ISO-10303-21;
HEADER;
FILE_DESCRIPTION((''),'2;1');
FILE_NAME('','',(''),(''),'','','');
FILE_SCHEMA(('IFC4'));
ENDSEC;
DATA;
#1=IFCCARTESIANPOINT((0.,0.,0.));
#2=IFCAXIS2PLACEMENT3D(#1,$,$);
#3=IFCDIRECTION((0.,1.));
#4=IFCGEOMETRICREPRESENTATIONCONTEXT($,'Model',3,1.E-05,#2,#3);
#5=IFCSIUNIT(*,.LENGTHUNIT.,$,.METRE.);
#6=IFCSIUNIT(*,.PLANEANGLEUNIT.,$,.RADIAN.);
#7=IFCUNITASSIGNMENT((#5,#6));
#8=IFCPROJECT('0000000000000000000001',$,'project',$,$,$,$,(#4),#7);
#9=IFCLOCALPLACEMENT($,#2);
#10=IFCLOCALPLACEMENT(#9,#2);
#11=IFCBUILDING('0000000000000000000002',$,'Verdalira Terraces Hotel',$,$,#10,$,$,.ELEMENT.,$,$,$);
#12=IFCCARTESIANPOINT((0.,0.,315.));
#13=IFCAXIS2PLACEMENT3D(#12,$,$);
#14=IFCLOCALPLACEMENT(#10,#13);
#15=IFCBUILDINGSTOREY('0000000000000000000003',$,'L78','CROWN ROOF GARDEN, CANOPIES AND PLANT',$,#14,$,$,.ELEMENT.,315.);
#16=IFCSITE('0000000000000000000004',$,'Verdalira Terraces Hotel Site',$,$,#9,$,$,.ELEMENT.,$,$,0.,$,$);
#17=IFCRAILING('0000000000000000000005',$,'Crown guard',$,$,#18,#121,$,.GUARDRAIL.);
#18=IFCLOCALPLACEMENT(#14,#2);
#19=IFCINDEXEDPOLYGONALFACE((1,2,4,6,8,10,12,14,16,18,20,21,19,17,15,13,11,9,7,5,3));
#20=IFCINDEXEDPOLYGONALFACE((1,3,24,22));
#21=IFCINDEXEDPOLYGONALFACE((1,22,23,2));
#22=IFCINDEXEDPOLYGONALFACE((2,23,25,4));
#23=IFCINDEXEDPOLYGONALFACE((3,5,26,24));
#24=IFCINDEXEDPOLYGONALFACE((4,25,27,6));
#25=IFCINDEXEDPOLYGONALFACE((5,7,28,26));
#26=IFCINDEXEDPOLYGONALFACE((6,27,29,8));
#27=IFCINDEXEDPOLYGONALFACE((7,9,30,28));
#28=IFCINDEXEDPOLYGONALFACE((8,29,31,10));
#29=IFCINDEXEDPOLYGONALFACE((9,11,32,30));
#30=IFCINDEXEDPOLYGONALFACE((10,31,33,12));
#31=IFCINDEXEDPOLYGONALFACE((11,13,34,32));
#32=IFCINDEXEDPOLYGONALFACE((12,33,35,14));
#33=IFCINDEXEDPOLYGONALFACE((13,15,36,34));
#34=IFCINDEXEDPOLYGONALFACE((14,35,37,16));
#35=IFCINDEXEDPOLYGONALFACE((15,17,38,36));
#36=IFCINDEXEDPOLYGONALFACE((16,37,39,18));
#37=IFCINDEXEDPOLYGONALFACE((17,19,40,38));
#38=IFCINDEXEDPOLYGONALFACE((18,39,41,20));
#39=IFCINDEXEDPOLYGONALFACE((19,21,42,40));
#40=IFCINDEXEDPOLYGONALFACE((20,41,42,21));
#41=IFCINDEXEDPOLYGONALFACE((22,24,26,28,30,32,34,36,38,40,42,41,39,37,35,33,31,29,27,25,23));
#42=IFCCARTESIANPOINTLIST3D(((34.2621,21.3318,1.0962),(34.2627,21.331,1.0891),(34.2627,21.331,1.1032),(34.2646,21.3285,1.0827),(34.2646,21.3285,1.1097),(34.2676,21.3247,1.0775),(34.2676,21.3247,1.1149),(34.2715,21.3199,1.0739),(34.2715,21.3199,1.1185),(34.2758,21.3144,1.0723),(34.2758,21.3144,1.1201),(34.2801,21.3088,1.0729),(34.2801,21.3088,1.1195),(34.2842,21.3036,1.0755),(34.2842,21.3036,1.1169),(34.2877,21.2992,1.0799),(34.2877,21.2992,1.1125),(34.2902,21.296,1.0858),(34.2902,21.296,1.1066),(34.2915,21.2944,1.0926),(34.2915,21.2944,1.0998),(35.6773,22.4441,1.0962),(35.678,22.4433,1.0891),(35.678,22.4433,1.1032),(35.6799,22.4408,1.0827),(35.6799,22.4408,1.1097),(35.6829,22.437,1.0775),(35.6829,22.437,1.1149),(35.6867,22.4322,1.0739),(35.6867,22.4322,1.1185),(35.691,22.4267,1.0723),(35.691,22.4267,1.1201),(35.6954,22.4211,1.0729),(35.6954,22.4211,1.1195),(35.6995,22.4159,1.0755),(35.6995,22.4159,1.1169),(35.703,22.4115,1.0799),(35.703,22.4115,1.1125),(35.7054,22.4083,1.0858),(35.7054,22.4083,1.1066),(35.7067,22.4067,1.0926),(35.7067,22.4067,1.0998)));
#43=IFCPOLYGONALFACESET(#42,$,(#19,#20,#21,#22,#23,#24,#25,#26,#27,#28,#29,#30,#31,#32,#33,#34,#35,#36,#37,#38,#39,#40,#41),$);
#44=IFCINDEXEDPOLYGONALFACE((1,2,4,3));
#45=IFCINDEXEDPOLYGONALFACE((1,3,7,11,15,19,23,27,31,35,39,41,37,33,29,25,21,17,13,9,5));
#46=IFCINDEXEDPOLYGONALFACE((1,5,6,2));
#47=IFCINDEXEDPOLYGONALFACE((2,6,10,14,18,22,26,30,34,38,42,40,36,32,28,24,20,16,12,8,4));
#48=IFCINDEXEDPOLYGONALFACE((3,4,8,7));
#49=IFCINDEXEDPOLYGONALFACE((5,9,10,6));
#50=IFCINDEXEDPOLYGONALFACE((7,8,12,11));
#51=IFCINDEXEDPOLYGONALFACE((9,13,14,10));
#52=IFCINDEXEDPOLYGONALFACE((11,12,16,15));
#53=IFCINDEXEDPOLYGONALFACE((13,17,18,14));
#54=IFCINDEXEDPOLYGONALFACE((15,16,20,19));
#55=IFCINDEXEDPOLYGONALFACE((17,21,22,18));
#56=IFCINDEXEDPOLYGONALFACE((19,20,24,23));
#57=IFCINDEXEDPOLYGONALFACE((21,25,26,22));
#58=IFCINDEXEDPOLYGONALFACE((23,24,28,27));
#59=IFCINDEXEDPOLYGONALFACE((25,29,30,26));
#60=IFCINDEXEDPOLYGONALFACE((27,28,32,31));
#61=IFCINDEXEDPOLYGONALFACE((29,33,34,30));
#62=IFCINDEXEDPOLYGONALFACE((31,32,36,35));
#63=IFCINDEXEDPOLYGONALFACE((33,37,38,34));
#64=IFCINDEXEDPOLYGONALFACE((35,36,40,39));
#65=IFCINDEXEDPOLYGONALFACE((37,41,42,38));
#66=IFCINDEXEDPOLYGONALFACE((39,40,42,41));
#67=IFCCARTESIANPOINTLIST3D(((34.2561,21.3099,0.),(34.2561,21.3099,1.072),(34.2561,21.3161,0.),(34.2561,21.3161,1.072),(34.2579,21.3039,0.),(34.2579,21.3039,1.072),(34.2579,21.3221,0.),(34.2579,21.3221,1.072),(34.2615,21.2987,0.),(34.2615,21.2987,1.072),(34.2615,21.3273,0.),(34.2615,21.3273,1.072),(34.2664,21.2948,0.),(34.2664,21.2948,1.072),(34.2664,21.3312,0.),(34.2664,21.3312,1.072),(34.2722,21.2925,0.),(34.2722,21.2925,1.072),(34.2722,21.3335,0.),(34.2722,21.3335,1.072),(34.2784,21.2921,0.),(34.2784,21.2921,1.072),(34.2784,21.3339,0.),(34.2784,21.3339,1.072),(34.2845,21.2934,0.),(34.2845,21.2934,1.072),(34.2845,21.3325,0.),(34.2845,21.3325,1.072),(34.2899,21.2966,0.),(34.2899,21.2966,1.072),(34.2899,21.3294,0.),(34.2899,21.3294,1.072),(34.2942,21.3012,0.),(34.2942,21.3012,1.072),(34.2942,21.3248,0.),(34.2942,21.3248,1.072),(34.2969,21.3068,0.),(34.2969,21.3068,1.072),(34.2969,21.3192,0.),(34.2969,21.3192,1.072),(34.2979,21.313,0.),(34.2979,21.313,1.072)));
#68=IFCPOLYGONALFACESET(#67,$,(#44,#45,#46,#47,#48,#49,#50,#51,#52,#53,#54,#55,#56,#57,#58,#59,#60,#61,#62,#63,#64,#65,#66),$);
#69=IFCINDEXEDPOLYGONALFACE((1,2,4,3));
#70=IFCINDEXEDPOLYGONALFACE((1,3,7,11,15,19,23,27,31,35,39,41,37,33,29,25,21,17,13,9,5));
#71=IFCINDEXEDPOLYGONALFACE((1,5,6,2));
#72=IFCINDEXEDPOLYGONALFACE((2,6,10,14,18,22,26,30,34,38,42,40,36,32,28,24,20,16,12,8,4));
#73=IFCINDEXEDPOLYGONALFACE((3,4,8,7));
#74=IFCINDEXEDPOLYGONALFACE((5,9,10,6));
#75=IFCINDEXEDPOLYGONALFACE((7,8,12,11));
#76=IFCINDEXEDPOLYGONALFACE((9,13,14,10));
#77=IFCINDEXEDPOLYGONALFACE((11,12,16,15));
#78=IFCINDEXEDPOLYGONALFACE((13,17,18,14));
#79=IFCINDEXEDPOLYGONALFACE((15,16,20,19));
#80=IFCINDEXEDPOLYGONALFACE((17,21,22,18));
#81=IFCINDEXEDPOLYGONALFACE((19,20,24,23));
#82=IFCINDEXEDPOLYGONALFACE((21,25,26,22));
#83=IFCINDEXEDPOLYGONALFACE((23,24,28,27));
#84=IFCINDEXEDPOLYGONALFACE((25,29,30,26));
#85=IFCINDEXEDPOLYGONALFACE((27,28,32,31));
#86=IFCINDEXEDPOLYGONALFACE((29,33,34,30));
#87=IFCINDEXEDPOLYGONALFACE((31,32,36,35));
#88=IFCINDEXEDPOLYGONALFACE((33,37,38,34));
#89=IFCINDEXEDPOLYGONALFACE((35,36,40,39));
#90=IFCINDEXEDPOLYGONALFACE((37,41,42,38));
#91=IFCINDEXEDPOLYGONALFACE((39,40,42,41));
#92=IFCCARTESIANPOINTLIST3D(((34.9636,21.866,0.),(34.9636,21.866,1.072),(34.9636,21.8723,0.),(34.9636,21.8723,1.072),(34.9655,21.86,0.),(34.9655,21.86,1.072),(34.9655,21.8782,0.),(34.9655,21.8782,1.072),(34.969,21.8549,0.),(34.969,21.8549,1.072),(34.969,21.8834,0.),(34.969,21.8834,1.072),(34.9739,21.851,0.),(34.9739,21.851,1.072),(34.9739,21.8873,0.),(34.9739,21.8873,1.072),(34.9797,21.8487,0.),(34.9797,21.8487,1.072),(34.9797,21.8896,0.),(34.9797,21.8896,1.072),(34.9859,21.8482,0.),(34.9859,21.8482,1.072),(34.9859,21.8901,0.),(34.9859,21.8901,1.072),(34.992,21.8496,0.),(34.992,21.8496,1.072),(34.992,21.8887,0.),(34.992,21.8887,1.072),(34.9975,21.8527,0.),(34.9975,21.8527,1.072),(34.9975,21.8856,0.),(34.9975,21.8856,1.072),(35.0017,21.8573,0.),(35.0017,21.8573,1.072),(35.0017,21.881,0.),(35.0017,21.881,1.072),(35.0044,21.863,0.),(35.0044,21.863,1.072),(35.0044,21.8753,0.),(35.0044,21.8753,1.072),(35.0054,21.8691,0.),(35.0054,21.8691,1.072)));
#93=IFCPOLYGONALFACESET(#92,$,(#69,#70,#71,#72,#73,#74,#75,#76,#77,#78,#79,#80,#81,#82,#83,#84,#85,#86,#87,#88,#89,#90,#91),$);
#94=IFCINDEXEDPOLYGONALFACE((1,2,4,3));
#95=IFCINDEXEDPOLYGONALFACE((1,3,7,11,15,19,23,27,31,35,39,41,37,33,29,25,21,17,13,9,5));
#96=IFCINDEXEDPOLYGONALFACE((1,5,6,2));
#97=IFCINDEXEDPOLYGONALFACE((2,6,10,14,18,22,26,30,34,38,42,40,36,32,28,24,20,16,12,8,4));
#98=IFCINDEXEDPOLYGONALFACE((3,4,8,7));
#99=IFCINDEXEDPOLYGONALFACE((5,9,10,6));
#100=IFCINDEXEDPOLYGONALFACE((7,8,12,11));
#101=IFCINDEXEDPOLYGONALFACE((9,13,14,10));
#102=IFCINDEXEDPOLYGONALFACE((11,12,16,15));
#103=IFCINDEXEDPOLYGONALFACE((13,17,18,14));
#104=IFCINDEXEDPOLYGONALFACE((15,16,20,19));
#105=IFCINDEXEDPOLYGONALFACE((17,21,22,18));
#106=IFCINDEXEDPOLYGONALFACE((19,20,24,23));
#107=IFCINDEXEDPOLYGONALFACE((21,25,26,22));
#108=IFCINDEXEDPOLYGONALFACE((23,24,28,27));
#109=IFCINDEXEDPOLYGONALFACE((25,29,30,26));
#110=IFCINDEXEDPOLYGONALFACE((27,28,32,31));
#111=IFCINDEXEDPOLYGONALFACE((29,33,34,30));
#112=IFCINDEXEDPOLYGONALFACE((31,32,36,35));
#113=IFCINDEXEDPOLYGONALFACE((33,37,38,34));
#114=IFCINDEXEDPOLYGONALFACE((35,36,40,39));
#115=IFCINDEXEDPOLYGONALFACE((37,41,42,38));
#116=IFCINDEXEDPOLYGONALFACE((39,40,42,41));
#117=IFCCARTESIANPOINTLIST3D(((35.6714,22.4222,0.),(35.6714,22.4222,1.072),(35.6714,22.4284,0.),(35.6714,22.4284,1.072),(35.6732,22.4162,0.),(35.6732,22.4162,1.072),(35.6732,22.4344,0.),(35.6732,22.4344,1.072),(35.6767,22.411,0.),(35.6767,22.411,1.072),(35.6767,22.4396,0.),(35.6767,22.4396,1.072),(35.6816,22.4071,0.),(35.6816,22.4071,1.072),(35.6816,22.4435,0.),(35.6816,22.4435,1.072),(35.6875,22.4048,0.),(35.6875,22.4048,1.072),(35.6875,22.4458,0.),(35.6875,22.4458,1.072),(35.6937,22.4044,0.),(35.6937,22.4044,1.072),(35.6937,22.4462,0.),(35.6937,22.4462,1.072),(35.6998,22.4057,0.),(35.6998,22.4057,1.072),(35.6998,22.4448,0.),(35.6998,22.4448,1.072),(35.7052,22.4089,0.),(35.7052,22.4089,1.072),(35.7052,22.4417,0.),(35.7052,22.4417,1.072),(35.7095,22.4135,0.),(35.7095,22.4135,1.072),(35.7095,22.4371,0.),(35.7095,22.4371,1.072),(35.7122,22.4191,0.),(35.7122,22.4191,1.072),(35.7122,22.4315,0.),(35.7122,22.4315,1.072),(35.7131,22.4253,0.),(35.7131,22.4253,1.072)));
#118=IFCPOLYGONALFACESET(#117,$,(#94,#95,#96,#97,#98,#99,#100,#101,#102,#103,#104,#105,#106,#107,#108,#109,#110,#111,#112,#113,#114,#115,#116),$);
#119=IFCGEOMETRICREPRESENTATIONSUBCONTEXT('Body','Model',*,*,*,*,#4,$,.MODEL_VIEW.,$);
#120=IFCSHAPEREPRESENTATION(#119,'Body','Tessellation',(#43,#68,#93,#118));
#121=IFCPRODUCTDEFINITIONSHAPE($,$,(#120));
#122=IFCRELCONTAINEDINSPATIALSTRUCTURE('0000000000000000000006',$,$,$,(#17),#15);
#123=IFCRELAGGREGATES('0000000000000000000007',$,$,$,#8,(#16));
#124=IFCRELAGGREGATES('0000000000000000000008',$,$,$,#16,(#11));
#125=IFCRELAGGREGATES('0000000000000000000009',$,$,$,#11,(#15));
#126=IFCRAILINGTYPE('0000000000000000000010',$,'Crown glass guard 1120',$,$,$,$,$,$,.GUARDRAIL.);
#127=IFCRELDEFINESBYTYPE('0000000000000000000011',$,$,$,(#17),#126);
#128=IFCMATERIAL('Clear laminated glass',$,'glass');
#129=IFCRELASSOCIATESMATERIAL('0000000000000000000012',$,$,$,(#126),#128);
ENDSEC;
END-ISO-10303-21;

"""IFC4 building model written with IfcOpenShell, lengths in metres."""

from ifc_helpers import new_model, si_unit, direction, frame, origin, origin_2d, place, context, subcontext, project, spatial, circle, extrude, material, type_object, element, save


model = new_model("IFC4")

# Units and contexts
model_context = context("Model", 3, precision=1e-05, world=origin(), true_north=direction((0.0, 1.0)))
body_context = subcontext(model_context, "Body", "Model", "MODEL_VIEW")
ifc_project = project(units=[si_unit("LENGTHUNIT", "METRE"), si_unit("PLANEANGLEUNIT", "RADIAN")], contexts=[model_context])

# Site, building, storey
site_placement = place(None, origin())
site = spatial("IfcSite", under=ifc_project, at=site_placement, Name="Verdalira Terraces Hotel Site", CompositionType="ELEMENT", RefElevation=0.0)
building_placement = place(site_placement, origin())
building = spatial("IfcBuilding", under=site, at=building_placement, Name="Verdalira Terraces Hotel", CompositionType="ELEMENT")
storey_placement = place(building_placement, frame((0.0, 0.0, 315.0)))
storey = spatial("IfcBuildingStorey", under=building, at=storey_placement, Name="L78", Description="CROWN ROOF GARDEN, CANOPIES AND PLANT", CompositionType="ELEMENT", Elevation=315.0)

# Railing
ifc_material_1 = material(Name="Clear laminated glass", Category="glass")
railing_type = type_object("IfcRailingType", Name="Crown glass guard 1120", PredefinedType="GUARDRAIL", material=ifc_material_1)
railing_1_placement = place(storey_placement, frame((34.2769, 21.313, 0.0)))
element("IfcRailing", 1, at=railing_1_placement, inside=storey, type_object=railing_type, Name="Crown guard", PredefinedType="GUARDRAIL", context=body_context, shape_type="SweptSolid", body=[
    extrude(circle(Radius=0.0239, at=origin_2d()), frame((0.0, 0.0, 1.0962), z_axis=(0.786238, 0.617923, 0.0), x_axis=(-0.617923, 0.786238, 0.0)), (0.0, 0.0, 1.0), 1.8),
    extrude(circle(Radius=0.021, at=origin_2d()), origin(), (0.0, 0.0, 1.0), 1.072),
    extrude(circle(Radius=0.021, at=origin_2d()), frame((0.7075, 0.5562, 0.0)), (0.0, 0.0, 1.0), 1.072),
    extrude(circle(Radius=0.021, at=origin_2d()), frame((1.4153, 1.1123, 0.0)), (0.0, 0.0, 1.0), 1.072),
])

save(model, "model.ifc")
